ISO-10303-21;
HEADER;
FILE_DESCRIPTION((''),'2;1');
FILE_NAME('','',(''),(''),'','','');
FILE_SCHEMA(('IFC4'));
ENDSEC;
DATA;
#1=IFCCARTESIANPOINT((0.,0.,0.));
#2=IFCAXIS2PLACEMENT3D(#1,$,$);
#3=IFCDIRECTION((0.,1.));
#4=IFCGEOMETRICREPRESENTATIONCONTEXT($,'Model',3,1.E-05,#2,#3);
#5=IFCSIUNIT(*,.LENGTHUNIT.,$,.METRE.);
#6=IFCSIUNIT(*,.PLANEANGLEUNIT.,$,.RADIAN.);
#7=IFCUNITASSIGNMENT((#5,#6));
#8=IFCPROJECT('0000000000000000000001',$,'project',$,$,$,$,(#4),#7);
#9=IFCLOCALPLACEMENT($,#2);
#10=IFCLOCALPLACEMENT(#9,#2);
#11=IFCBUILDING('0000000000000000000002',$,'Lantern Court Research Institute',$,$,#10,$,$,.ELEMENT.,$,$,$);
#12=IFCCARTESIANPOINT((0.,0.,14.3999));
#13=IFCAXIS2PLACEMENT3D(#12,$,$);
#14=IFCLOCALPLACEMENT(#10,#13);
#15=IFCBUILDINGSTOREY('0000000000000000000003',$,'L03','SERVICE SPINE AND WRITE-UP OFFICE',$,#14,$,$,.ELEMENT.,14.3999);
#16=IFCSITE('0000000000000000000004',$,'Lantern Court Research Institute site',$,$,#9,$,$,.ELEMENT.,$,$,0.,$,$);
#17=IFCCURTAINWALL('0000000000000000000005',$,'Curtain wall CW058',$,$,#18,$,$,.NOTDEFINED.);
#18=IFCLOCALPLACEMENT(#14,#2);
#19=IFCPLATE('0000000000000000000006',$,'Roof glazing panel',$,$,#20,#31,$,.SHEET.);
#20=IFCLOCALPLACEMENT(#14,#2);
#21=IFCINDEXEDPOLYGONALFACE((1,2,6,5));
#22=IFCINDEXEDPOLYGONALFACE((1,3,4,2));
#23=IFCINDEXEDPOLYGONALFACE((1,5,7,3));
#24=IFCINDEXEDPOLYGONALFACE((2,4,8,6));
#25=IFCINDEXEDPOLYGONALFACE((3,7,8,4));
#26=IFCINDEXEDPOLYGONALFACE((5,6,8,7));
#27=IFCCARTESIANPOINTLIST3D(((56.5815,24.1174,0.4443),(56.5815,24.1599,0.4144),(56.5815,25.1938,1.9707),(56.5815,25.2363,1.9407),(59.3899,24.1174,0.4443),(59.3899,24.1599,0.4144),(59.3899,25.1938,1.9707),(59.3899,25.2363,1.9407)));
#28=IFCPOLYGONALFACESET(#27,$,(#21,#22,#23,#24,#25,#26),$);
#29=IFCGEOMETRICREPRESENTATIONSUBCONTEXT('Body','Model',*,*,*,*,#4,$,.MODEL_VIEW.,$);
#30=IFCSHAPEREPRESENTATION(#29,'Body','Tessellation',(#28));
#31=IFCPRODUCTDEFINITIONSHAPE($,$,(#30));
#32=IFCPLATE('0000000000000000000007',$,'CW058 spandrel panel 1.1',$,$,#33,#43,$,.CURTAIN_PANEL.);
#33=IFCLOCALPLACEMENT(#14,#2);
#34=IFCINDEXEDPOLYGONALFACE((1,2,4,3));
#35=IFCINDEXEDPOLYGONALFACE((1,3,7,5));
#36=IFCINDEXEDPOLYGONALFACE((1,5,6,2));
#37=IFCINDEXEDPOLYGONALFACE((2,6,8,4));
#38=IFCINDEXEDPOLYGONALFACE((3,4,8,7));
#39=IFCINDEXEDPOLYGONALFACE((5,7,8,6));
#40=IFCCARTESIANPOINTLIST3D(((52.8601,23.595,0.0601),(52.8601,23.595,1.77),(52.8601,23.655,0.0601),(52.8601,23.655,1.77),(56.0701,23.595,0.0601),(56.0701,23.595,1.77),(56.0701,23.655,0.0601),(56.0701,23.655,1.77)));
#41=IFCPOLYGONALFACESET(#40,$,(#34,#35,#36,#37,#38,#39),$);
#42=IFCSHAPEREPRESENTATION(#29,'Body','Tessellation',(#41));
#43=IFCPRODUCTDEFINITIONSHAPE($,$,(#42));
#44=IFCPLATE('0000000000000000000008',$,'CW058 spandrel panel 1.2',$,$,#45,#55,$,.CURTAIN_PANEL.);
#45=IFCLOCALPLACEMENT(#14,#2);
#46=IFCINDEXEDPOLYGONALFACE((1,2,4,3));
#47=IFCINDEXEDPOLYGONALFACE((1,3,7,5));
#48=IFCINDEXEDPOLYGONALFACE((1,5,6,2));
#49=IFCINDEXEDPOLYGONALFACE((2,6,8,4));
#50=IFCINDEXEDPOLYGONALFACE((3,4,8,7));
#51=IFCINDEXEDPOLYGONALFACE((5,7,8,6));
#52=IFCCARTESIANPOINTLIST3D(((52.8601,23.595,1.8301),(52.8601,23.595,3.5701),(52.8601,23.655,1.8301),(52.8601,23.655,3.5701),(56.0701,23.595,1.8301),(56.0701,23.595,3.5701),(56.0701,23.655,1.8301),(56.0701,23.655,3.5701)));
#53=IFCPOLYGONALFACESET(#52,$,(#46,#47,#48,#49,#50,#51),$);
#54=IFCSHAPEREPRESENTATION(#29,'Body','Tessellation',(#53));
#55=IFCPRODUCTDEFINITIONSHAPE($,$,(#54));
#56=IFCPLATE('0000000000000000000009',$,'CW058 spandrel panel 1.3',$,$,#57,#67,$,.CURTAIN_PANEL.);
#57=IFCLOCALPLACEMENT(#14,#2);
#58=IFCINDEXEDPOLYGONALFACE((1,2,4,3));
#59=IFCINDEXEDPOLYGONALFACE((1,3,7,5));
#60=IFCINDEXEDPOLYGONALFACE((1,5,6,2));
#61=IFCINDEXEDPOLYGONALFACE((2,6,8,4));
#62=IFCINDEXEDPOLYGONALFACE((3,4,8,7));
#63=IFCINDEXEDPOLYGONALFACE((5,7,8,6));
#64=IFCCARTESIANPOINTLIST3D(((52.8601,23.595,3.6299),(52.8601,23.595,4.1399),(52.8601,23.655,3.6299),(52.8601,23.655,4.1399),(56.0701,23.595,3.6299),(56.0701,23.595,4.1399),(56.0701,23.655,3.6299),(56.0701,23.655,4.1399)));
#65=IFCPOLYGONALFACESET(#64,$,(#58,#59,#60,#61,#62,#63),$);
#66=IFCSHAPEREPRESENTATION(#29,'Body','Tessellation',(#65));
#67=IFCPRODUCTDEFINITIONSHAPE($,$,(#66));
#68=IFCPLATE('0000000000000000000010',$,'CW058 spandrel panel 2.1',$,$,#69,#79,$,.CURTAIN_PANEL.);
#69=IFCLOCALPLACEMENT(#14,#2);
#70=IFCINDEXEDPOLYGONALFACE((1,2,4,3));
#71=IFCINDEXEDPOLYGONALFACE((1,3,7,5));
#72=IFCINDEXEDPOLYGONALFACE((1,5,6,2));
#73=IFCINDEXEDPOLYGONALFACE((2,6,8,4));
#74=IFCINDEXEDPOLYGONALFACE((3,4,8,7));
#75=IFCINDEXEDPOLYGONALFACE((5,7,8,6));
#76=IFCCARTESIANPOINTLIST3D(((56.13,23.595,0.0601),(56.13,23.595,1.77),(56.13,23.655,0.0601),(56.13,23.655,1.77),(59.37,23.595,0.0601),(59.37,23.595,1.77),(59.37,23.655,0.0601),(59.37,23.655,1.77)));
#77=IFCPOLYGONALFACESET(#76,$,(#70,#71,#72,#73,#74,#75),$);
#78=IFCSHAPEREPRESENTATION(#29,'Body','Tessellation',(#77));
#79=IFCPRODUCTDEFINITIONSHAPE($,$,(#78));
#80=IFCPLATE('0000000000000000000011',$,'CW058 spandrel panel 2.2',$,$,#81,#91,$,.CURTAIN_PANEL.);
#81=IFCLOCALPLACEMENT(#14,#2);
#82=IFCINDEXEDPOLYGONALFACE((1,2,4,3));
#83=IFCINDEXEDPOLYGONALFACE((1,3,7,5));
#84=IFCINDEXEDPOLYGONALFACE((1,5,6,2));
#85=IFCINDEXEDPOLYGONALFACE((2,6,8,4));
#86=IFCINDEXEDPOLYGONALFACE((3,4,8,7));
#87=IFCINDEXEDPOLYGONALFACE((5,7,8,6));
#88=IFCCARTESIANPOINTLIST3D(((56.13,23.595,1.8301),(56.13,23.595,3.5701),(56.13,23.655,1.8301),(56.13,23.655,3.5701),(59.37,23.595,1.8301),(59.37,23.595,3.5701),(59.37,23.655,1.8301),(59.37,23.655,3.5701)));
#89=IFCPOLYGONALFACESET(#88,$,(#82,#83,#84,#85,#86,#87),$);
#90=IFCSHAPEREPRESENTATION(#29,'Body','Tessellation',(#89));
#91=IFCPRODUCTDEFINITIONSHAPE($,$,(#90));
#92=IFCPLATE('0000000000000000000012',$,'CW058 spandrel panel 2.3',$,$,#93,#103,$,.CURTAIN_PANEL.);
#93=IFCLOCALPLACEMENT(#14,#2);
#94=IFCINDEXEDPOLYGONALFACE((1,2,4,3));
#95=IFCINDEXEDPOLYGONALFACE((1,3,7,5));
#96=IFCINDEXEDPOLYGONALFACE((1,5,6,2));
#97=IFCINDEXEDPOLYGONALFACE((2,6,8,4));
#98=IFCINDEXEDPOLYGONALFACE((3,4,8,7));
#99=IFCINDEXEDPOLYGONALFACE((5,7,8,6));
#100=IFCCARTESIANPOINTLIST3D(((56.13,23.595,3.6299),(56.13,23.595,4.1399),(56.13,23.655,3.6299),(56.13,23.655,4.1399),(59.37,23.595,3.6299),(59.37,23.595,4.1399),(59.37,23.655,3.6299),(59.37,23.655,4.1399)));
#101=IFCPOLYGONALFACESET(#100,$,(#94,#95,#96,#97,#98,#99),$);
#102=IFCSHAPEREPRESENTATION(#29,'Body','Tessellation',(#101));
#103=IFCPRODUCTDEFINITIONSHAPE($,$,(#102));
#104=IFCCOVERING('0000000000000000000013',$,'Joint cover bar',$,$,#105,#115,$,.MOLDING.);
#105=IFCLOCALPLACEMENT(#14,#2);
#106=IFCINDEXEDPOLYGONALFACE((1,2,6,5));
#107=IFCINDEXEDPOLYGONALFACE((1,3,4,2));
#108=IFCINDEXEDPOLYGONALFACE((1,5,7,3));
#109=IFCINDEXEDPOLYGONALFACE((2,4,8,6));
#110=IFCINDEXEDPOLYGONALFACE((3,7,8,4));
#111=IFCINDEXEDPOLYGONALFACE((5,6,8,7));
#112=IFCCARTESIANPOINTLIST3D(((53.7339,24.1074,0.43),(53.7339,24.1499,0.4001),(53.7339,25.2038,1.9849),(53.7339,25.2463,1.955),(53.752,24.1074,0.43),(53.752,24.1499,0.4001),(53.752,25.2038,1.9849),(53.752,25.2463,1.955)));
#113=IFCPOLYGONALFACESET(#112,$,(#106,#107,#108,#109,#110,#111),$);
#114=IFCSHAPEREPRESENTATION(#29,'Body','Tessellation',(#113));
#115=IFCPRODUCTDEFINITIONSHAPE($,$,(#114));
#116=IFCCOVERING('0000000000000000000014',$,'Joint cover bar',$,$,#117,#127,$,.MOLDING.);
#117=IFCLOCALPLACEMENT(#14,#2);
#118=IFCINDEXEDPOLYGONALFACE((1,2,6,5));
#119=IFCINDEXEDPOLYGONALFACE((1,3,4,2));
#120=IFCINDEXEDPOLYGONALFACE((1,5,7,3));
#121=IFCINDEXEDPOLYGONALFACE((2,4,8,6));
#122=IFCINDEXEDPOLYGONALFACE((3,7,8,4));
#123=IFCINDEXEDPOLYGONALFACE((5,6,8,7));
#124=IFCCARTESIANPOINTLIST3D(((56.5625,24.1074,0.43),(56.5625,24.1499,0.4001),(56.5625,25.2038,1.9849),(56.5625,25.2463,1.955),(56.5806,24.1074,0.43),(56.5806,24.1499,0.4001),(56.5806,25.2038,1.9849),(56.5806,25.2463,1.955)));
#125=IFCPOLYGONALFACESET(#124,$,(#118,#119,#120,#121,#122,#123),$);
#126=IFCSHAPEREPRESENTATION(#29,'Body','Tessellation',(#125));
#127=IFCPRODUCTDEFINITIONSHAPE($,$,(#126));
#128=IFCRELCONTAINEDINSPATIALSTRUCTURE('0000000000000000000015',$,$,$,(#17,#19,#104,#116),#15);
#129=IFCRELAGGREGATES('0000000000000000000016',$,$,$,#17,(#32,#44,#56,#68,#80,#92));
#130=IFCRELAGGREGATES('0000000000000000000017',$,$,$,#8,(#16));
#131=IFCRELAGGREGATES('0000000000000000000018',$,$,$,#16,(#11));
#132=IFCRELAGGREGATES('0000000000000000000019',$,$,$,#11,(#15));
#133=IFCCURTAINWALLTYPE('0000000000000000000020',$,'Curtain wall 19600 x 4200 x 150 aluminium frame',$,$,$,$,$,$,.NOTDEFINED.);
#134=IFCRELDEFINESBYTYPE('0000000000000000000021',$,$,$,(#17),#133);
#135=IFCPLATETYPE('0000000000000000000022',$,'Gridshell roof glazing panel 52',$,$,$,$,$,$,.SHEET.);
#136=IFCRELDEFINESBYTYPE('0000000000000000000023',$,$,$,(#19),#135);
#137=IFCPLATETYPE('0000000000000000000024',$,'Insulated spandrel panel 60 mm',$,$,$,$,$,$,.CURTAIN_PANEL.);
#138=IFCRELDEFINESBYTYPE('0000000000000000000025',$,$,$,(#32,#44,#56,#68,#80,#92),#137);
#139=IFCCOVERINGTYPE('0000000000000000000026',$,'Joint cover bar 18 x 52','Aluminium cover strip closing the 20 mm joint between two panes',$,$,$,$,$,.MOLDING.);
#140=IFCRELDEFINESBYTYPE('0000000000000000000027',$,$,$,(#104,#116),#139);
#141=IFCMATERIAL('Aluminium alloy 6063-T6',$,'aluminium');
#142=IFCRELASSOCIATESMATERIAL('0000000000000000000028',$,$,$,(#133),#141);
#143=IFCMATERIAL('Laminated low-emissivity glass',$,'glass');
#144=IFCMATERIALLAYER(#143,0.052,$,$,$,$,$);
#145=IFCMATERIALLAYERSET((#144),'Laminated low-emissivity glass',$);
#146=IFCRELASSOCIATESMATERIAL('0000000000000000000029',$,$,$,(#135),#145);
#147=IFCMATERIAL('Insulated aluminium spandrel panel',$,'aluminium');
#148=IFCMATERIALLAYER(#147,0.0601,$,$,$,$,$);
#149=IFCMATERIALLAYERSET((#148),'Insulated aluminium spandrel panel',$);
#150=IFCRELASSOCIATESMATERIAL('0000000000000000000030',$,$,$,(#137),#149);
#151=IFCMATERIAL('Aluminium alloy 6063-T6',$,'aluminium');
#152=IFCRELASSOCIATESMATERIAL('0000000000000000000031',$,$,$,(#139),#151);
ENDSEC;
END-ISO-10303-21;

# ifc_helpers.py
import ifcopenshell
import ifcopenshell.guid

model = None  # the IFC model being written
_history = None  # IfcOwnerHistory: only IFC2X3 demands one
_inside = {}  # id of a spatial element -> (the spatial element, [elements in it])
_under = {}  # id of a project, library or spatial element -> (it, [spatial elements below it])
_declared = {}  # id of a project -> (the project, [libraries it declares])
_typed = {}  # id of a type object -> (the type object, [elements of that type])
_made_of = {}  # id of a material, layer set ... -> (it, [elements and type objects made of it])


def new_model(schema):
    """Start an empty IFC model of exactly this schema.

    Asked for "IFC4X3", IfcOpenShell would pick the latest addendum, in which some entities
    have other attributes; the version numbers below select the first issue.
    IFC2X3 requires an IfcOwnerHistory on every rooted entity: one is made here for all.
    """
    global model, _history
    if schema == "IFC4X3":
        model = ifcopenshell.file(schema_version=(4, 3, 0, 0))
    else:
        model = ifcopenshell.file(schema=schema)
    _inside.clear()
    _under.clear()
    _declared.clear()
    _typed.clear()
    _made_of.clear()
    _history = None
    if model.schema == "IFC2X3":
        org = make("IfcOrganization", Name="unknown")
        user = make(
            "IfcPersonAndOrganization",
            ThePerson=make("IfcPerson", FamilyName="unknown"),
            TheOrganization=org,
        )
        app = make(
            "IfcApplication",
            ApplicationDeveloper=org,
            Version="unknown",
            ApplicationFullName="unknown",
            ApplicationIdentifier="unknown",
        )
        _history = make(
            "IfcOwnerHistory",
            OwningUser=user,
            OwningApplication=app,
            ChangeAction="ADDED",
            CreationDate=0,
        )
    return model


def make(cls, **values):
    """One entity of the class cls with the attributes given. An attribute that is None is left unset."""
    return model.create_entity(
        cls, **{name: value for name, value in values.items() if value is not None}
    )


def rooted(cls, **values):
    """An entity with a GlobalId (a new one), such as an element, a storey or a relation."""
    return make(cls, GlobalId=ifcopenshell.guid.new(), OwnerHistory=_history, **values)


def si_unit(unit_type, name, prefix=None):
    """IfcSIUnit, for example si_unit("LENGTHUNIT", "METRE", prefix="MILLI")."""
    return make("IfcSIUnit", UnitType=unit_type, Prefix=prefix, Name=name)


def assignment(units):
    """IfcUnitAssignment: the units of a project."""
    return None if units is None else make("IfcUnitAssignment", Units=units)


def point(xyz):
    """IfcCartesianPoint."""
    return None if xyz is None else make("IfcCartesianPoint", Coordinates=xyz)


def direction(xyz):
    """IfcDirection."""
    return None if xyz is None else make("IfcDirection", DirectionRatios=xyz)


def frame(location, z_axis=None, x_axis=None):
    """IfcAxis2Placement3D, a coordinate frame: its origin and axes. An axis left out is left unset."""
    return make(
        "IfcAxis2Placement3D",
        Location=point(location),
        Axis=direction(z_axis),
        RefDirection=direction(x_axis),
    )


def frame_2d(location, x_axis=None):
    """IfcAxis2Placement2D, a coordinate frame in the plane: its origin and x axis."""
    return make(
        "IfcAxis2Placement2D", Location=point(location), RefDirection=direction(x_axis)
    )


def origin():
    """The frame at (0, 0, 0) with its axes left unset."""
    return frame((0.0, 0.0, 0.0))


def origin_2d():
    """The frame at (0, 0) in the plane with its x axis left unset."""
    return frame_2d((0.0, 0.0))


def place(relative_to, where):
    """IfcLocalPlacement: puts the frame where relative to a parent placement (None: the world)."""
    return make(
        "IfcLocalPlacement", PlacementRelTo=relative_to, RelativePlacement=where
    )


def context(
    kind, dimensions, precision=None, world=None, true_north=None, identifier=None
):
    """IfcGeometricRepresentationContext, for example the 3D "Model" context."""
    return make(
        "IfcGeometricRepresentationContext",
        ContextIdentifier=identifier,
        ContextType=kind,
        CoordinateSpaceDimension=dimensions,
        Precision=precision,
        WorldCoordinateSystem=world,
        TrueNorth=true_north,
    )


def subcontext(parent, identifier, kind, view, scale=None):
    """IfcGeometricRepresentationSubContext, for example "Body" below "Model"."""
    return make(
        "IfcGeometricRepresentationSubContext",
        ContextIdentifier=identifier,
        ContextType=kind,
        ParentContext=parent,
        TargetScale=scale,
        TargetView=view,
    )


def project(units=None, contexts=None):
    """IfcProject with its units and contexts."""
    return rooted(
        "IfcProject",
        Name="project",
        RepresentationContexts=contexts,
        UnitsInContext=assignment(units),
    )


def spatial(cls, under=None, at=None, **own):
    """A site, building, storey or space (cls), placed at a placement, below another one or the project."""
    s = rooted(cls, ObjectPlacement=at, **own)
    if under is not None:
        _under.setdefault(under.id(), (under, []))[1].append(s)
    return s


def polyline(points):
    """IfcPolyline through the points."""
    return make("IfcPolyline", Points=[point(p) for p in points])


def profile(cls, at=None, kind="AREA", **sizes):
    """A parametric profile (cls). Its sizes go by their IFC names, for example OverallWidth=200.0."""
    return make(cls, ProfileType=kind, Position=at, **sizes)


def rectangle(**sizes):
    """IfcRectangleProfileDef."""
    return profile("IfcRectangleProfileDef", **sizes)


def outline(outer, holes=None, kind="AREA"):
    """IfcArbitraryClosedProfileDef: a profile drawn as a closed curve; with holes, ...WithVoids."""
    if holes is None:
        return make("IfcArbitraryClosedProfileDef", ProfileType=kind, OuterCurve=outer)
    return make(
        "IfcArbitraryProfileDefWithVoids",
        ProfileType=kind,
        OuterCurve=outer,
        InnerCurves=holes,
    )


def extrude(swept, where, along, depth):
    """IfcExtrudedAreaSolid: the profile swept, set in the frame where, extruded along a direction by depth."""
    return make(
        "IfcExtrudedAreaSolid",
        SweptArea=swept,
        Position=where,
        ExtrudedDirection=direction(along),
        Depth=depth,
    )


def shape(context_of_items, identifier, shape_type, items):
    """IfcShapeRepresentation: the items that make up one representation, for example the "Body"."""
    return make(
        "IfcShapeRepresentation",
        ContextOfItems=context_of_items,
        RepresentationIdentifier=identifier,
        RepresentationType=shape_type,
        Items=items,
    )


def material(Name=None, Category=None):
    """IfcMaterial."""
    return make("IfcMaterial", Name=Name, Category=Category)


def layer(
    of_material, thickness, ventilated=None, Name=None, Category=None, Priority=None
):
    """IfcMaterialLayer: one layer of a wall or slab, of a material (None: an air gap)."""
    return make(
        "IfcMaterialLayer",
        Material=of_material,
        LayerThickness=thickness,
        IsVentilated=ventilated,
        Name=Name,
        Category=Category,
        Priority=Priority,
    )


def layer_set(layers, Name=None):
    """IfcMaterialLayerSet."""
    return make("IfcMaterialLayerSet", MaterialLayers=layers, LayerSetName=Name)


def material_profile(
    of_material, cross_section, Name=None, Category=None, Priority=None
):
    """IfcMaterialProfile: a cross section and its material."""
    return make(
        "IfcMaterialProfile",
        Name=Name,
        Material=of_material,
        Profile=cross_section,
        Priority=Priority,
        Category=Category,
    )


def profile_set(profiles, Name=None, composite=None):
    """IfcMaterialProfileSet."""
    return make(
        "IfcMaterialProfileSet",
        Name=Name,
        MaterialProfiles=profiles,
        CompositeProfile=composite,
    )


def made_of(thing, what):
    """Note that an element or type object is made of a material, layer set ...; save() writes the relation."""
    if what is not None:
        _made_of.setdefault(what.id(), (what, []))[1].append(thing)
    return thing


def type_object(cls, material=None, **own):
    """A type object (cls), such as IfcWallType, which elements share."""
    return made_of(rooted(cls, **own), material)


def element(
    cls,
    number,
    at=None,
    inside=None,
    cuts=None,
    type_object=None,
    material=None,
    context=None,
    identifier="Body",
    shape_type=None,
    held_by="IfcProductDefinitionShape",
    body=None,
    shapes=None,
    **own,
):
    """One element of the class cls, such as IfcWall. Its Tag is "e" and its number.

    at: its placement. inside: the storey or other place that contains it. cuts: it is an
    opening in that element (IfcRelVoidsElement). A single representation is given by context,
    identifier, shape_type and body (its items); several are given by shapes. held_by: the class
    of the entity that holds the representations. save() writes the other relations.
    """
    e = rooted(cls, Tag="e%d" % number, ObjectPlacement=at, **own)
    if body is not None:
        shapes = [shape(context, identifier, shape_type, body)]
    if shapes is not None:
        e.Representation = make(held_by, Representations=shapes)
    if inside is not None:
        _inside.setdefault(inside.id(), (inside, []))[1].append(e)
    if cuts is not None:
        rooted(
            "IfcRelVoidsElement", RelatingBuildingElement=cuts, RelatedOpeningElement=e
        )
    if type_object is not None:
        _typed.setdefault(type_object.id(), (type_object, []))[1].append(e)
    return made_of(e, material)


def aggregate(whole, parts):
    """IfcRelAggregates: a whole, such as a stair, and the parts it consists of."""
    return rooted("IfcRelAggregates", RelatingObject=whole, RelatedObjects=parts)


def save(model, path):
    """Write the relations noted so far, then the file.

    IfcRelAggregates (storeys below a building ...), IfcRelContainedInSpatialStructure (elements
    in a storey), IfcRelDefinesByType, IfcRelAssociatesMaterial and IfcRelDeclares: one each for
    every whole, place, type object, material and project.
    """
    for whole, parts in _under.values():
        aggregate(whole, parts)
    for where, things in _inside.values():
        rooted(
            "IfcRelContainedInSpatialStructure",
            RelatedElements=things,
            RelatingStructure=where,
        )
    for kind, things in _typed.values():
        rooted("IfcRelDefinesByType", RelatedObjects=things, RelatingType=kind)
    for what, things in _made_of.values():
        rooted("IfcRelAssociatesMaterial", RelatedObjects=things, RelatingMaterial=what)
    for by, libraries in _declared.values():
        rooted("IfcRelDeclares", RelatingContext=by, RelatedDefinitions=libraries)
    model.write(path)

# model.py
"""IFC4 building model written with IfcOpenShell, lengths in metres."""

from ifc_helpers import new_model, si_unit, direction, frame, origin, origin_2d, place, context, subcontext, project, spatial, polyline, rectangle, outline, extrude, material, layer, layer_set, material_profile, profile_set, type_object, element, aggregate, save


model = new_model("IFC4")

# Units and contexts
model_context = context("Model", 3, precision=1e-05, world=origin(), true_north=direction((0.0, 1.0)))
body_context = subcontext(model_context, "Body", "Model", "MODEL_VIEW")
ifc_project = project(units=[si_unit("LENGTHUNIT", "METRE"), si_unit("PLANEANGLEUNIT", "RADIAN")], contexts=[model_context])

# Site, building, storey
site_placement = place(None, origin())
site = spatial("IfcSite", under=ifc_project, at=site_placement, Name="Lantern Court Research Institute site", CompositionType="ELEMENT", RefElevation=0.0)
building_placement = place(site_placement, origin())
building = spatial("IfcBuilding", under=site, at=building_placement, Name="Lantern Court Research Institute", CompositionType="ELEMENT")
storey_placement = place(building_placement, frame((0.0, 0.0, 14.3999)))
storey = spatial("IfcBuildingStorey", under=building, at=storey_placement, Name="L03", Description="SERVICE SPINE AND WRITE-UP OFFICE", CompositionType="ELEMENT", Elevation=14.3999)

# Curtain wall
ifc_material_1 = material(Name="Aluminium alloy 6063-T6", Category="aluminium")
curtain_wall_type = type_object("IfcCurtainWallType", Name="Curtain wall 19600 x 4200 x 150 aluminium frame", PredefinedType="NOTDEFINED", material=ifc_material_1)
curtain_wall_placement = place(storey_placement, origin())
curtain_wall = element("IfcCurtainWall", 1, at=curtain_wall_placement, inside=storey, type_object=curtain_wall_type, Name="Curtain wall CW058", PredefinedType="NOTDEFINED")

# Plate
ifc_material_2 = material(Name="Laminated low-emissivity glass", Category="glass")
ifc_layer_1 = layer(ifc_material_2, 0.052)
ifc_layer_set_1 = layer_set([ifc_layer_1], Name="Laminated low-emissivity glass")
plate_type_1 = type_object("IfcPlateType", Name="Gridshell roof glazing panel 52", PredefinedType="SHEET", material=ifc_layer_set_1)
plate_1_placement = place(storey_placement, frame((59.3899, 24.1174, 0.4443), z_axis=(0.0, -0.817225, 0.576319), x_axis=(-1.0, 0.0, 0.0)))
element("IfcPlate", 2, at=plate_1_placement, inside=storey, type_object=plate_type_1, Name="Roof glazing panel", PredefinedType="SHEET", context=body_context, shape_type="SweptSolid", body=[
    extrude(outline(polyline([(0.0, 0.0), (2.8083, 0.0), (2.8083, -1.8677), (0.0, -1.8677), (0.0, 0.0)])), origin(), (0.0, 0.0, -1.0), 0.052),
])

# Plates
ifc_material_3 = material(Name="Insulated aluminium spandrel panel", Category="aluminium")
ifc_layer_2 = layer(ifc_material_3, 0.0601)
ifc_layer_set_2 = layer_set([ifc_layer_2], Name="Insulated aluminium spandrel panel")
plate_type_2 = type_object("IfcPlateType", Name="Insulated spandrel panel 60 mm", PredefinedType="CURTAIN_PANEL", material=ifc_layer_set_2)
plate_2_placement = place(storey_placement, frame((54.4651, 23.625, 0.0601), z_axis=(0.0, 0.0, 1.0), x_axis=(1.0, 0.0, 0.0)))
plate_2 = element("IfcPlate", 3, at=plate_2_placement, type_object=plate_type_2, Name="CW058 spandrel panel 1.1", PredefinedType="CURTAIN_PANEL", context=body_context, shape_type="SweptSolid", body=[
    extrude(rectangle(XDim=3.21, YDim=0.0601, at=origin_2d()), origin(), (0.0, 0.0, 1.0), 1.71),
])
plate_3_placement = place(storey_placement, frame((54.4651, 23.625, 1.8301), z_axis=(0.0, 0.0, 1.0), x_axis=(1.0, 0.0, 0.0)))
plate_3 = element("IfcPlate", 4, at=plate_3_placement, type_object=plate_type_2, Name="CW058 spandrel panel 1.2", PredefinedType="CURTAIN_PANEL", context=body_context, shape_type="SweptSolid", body=[
    extrude(rectangle(XDim=3.21, YDim=0.0601, at=origin_2d()), origin(), (0.0, 0.0, 1.0), 1.74),
])
plate_4_placement = place(storey_placement, frame((54.4651, 23.625, 3.6299), z_axis=(0.0, 0.0, 1.0), x_axis=(1.0, 0.0, 0.0)))
plate_4 = element("IfcPlate", 5, at=plate_4_placement, type_object=plate_type_2, Name="CW058 spandrel panel 1.3", PredefinedType="CURTAIN_PANEL", context=body_context, shape_type="SweptSolid", body=[
    extrude(rectangle(XDim=3.21, YDim=0.0601, at=origin_2d()), origin(), (0.0, 0.0, 1.0), 0.51),
])
plate_5_placement = place(storey_placement, frame((57.75, 23.625, 0.0601), z_axis=(0.0, 0.0, 1.0), x_axis=(1.0, 0.0, 0.0)))
plate_5 = element("IfcPlate", 6, at=plate_5_placement, type_object=plate_type_2, Name="CW058 spandrel panel 2.1", PredefinedType="CURTAIN_PANEL", context=body_context, shape_type="SweptSolid", body=[
    extrude(rectangle(XDim=3.24, YDim=0.0601, at=origin_2d()), origin(), (0.0, 0.0, 1.0), 1.71),
])
plate_6_placement = place(storey_placement, frame((57.75, 23.625, 1.8301), z_axis=(0.0, 0.0, 1.0), x_axis=(1.0, 0.0, 0.0)))
plate_6 = element("IfcPlate", 7, at=plate_6_placement, type_object=plate_type_2, Name="CW058 spandrel panel 2.2", PredefinedType="CURTAIN_PANEL", context=body_context, shape_type="SweptSolid", body=[
    extrude(rectangle(XDim=3.24, YDim=0.0601, at=origin_2d()), origin(), (0.0, 0.0, 1.0), 1.74),
])
plate_7_placement = place(storey_placement, frame((57.75, 23.625, 3.6299), z_axis=(0.0, 0.0, 1.0), x_axis=(1.0, 0.0, 0.0)))
plate_7 = element("IfcPlate", 8, at=plate_7_placement, type_object=plate_type_2, Name="CW058 spandrel panel 2.3", PredefinedType="CURTAIN_PANEL", context=body_context, shape_type="SweptSolid", body=[
    extrude(rectangle(XDim=3.24, YDim=0.0601, at=origin_2d()), origin(), (0.0, 0.0, 1.0), 0.51),
])
aggregate(curtain_wall, [plate_2, plate_3, plate_4, plate_5, plate_6, plate_7])

# Coverings
ifc_material_4 = material(Name="Aluminium alloy 6063-T6", Category="aluminium")
ifc_material_profile_1 = material_profile(ifc_material_4, rectangle(XDim=0.0181, YDim=0.052, at=origin_2d()), Name="Joint cover bar 18 x 52")
ifc_profile_set_1 = profile_set([ifc_material_profile_1], Name="Aluminium alloy 6063-T6")
covering_type = type_object("IfcCoveringType", Name="Joint cover bar 18 x 52", Description="Aluminium cover strip closing the 20 mm joint between two panes", PredefinedType="MOLDING", material=ifc_profile_set_1)
for number, where, z_axis, x_axis, name in (
    (9, (53.7429, 24.1287, 0.415), (0.0, 0.576275, 0.817256), (-1.0, 0.0, 0.0), "Joint cover bar"),
    (10, (56.5715, 24.1287, 0.415), (0.0, 0.576275, 0.817256), (-1.0, 0.0, 0.0), "Joint cover bar"),
):
    element("IfcCovering", number, at=place(storey_placement, frame(where, z_axis=z_axis, x_axis=x_axis)), inside=storey, type_object=covering_type, Name=name, PredefinedType="MOLDING", context=body_context, shape_type="SweptSolid", body=[
        extrude(rectangle(XDim=0.0181, YDim=0.052, at=origin_2d()), origin(), (0.0, 0.0, 1.0), 1.9026),
    ])

save(model, "model.ifc")
